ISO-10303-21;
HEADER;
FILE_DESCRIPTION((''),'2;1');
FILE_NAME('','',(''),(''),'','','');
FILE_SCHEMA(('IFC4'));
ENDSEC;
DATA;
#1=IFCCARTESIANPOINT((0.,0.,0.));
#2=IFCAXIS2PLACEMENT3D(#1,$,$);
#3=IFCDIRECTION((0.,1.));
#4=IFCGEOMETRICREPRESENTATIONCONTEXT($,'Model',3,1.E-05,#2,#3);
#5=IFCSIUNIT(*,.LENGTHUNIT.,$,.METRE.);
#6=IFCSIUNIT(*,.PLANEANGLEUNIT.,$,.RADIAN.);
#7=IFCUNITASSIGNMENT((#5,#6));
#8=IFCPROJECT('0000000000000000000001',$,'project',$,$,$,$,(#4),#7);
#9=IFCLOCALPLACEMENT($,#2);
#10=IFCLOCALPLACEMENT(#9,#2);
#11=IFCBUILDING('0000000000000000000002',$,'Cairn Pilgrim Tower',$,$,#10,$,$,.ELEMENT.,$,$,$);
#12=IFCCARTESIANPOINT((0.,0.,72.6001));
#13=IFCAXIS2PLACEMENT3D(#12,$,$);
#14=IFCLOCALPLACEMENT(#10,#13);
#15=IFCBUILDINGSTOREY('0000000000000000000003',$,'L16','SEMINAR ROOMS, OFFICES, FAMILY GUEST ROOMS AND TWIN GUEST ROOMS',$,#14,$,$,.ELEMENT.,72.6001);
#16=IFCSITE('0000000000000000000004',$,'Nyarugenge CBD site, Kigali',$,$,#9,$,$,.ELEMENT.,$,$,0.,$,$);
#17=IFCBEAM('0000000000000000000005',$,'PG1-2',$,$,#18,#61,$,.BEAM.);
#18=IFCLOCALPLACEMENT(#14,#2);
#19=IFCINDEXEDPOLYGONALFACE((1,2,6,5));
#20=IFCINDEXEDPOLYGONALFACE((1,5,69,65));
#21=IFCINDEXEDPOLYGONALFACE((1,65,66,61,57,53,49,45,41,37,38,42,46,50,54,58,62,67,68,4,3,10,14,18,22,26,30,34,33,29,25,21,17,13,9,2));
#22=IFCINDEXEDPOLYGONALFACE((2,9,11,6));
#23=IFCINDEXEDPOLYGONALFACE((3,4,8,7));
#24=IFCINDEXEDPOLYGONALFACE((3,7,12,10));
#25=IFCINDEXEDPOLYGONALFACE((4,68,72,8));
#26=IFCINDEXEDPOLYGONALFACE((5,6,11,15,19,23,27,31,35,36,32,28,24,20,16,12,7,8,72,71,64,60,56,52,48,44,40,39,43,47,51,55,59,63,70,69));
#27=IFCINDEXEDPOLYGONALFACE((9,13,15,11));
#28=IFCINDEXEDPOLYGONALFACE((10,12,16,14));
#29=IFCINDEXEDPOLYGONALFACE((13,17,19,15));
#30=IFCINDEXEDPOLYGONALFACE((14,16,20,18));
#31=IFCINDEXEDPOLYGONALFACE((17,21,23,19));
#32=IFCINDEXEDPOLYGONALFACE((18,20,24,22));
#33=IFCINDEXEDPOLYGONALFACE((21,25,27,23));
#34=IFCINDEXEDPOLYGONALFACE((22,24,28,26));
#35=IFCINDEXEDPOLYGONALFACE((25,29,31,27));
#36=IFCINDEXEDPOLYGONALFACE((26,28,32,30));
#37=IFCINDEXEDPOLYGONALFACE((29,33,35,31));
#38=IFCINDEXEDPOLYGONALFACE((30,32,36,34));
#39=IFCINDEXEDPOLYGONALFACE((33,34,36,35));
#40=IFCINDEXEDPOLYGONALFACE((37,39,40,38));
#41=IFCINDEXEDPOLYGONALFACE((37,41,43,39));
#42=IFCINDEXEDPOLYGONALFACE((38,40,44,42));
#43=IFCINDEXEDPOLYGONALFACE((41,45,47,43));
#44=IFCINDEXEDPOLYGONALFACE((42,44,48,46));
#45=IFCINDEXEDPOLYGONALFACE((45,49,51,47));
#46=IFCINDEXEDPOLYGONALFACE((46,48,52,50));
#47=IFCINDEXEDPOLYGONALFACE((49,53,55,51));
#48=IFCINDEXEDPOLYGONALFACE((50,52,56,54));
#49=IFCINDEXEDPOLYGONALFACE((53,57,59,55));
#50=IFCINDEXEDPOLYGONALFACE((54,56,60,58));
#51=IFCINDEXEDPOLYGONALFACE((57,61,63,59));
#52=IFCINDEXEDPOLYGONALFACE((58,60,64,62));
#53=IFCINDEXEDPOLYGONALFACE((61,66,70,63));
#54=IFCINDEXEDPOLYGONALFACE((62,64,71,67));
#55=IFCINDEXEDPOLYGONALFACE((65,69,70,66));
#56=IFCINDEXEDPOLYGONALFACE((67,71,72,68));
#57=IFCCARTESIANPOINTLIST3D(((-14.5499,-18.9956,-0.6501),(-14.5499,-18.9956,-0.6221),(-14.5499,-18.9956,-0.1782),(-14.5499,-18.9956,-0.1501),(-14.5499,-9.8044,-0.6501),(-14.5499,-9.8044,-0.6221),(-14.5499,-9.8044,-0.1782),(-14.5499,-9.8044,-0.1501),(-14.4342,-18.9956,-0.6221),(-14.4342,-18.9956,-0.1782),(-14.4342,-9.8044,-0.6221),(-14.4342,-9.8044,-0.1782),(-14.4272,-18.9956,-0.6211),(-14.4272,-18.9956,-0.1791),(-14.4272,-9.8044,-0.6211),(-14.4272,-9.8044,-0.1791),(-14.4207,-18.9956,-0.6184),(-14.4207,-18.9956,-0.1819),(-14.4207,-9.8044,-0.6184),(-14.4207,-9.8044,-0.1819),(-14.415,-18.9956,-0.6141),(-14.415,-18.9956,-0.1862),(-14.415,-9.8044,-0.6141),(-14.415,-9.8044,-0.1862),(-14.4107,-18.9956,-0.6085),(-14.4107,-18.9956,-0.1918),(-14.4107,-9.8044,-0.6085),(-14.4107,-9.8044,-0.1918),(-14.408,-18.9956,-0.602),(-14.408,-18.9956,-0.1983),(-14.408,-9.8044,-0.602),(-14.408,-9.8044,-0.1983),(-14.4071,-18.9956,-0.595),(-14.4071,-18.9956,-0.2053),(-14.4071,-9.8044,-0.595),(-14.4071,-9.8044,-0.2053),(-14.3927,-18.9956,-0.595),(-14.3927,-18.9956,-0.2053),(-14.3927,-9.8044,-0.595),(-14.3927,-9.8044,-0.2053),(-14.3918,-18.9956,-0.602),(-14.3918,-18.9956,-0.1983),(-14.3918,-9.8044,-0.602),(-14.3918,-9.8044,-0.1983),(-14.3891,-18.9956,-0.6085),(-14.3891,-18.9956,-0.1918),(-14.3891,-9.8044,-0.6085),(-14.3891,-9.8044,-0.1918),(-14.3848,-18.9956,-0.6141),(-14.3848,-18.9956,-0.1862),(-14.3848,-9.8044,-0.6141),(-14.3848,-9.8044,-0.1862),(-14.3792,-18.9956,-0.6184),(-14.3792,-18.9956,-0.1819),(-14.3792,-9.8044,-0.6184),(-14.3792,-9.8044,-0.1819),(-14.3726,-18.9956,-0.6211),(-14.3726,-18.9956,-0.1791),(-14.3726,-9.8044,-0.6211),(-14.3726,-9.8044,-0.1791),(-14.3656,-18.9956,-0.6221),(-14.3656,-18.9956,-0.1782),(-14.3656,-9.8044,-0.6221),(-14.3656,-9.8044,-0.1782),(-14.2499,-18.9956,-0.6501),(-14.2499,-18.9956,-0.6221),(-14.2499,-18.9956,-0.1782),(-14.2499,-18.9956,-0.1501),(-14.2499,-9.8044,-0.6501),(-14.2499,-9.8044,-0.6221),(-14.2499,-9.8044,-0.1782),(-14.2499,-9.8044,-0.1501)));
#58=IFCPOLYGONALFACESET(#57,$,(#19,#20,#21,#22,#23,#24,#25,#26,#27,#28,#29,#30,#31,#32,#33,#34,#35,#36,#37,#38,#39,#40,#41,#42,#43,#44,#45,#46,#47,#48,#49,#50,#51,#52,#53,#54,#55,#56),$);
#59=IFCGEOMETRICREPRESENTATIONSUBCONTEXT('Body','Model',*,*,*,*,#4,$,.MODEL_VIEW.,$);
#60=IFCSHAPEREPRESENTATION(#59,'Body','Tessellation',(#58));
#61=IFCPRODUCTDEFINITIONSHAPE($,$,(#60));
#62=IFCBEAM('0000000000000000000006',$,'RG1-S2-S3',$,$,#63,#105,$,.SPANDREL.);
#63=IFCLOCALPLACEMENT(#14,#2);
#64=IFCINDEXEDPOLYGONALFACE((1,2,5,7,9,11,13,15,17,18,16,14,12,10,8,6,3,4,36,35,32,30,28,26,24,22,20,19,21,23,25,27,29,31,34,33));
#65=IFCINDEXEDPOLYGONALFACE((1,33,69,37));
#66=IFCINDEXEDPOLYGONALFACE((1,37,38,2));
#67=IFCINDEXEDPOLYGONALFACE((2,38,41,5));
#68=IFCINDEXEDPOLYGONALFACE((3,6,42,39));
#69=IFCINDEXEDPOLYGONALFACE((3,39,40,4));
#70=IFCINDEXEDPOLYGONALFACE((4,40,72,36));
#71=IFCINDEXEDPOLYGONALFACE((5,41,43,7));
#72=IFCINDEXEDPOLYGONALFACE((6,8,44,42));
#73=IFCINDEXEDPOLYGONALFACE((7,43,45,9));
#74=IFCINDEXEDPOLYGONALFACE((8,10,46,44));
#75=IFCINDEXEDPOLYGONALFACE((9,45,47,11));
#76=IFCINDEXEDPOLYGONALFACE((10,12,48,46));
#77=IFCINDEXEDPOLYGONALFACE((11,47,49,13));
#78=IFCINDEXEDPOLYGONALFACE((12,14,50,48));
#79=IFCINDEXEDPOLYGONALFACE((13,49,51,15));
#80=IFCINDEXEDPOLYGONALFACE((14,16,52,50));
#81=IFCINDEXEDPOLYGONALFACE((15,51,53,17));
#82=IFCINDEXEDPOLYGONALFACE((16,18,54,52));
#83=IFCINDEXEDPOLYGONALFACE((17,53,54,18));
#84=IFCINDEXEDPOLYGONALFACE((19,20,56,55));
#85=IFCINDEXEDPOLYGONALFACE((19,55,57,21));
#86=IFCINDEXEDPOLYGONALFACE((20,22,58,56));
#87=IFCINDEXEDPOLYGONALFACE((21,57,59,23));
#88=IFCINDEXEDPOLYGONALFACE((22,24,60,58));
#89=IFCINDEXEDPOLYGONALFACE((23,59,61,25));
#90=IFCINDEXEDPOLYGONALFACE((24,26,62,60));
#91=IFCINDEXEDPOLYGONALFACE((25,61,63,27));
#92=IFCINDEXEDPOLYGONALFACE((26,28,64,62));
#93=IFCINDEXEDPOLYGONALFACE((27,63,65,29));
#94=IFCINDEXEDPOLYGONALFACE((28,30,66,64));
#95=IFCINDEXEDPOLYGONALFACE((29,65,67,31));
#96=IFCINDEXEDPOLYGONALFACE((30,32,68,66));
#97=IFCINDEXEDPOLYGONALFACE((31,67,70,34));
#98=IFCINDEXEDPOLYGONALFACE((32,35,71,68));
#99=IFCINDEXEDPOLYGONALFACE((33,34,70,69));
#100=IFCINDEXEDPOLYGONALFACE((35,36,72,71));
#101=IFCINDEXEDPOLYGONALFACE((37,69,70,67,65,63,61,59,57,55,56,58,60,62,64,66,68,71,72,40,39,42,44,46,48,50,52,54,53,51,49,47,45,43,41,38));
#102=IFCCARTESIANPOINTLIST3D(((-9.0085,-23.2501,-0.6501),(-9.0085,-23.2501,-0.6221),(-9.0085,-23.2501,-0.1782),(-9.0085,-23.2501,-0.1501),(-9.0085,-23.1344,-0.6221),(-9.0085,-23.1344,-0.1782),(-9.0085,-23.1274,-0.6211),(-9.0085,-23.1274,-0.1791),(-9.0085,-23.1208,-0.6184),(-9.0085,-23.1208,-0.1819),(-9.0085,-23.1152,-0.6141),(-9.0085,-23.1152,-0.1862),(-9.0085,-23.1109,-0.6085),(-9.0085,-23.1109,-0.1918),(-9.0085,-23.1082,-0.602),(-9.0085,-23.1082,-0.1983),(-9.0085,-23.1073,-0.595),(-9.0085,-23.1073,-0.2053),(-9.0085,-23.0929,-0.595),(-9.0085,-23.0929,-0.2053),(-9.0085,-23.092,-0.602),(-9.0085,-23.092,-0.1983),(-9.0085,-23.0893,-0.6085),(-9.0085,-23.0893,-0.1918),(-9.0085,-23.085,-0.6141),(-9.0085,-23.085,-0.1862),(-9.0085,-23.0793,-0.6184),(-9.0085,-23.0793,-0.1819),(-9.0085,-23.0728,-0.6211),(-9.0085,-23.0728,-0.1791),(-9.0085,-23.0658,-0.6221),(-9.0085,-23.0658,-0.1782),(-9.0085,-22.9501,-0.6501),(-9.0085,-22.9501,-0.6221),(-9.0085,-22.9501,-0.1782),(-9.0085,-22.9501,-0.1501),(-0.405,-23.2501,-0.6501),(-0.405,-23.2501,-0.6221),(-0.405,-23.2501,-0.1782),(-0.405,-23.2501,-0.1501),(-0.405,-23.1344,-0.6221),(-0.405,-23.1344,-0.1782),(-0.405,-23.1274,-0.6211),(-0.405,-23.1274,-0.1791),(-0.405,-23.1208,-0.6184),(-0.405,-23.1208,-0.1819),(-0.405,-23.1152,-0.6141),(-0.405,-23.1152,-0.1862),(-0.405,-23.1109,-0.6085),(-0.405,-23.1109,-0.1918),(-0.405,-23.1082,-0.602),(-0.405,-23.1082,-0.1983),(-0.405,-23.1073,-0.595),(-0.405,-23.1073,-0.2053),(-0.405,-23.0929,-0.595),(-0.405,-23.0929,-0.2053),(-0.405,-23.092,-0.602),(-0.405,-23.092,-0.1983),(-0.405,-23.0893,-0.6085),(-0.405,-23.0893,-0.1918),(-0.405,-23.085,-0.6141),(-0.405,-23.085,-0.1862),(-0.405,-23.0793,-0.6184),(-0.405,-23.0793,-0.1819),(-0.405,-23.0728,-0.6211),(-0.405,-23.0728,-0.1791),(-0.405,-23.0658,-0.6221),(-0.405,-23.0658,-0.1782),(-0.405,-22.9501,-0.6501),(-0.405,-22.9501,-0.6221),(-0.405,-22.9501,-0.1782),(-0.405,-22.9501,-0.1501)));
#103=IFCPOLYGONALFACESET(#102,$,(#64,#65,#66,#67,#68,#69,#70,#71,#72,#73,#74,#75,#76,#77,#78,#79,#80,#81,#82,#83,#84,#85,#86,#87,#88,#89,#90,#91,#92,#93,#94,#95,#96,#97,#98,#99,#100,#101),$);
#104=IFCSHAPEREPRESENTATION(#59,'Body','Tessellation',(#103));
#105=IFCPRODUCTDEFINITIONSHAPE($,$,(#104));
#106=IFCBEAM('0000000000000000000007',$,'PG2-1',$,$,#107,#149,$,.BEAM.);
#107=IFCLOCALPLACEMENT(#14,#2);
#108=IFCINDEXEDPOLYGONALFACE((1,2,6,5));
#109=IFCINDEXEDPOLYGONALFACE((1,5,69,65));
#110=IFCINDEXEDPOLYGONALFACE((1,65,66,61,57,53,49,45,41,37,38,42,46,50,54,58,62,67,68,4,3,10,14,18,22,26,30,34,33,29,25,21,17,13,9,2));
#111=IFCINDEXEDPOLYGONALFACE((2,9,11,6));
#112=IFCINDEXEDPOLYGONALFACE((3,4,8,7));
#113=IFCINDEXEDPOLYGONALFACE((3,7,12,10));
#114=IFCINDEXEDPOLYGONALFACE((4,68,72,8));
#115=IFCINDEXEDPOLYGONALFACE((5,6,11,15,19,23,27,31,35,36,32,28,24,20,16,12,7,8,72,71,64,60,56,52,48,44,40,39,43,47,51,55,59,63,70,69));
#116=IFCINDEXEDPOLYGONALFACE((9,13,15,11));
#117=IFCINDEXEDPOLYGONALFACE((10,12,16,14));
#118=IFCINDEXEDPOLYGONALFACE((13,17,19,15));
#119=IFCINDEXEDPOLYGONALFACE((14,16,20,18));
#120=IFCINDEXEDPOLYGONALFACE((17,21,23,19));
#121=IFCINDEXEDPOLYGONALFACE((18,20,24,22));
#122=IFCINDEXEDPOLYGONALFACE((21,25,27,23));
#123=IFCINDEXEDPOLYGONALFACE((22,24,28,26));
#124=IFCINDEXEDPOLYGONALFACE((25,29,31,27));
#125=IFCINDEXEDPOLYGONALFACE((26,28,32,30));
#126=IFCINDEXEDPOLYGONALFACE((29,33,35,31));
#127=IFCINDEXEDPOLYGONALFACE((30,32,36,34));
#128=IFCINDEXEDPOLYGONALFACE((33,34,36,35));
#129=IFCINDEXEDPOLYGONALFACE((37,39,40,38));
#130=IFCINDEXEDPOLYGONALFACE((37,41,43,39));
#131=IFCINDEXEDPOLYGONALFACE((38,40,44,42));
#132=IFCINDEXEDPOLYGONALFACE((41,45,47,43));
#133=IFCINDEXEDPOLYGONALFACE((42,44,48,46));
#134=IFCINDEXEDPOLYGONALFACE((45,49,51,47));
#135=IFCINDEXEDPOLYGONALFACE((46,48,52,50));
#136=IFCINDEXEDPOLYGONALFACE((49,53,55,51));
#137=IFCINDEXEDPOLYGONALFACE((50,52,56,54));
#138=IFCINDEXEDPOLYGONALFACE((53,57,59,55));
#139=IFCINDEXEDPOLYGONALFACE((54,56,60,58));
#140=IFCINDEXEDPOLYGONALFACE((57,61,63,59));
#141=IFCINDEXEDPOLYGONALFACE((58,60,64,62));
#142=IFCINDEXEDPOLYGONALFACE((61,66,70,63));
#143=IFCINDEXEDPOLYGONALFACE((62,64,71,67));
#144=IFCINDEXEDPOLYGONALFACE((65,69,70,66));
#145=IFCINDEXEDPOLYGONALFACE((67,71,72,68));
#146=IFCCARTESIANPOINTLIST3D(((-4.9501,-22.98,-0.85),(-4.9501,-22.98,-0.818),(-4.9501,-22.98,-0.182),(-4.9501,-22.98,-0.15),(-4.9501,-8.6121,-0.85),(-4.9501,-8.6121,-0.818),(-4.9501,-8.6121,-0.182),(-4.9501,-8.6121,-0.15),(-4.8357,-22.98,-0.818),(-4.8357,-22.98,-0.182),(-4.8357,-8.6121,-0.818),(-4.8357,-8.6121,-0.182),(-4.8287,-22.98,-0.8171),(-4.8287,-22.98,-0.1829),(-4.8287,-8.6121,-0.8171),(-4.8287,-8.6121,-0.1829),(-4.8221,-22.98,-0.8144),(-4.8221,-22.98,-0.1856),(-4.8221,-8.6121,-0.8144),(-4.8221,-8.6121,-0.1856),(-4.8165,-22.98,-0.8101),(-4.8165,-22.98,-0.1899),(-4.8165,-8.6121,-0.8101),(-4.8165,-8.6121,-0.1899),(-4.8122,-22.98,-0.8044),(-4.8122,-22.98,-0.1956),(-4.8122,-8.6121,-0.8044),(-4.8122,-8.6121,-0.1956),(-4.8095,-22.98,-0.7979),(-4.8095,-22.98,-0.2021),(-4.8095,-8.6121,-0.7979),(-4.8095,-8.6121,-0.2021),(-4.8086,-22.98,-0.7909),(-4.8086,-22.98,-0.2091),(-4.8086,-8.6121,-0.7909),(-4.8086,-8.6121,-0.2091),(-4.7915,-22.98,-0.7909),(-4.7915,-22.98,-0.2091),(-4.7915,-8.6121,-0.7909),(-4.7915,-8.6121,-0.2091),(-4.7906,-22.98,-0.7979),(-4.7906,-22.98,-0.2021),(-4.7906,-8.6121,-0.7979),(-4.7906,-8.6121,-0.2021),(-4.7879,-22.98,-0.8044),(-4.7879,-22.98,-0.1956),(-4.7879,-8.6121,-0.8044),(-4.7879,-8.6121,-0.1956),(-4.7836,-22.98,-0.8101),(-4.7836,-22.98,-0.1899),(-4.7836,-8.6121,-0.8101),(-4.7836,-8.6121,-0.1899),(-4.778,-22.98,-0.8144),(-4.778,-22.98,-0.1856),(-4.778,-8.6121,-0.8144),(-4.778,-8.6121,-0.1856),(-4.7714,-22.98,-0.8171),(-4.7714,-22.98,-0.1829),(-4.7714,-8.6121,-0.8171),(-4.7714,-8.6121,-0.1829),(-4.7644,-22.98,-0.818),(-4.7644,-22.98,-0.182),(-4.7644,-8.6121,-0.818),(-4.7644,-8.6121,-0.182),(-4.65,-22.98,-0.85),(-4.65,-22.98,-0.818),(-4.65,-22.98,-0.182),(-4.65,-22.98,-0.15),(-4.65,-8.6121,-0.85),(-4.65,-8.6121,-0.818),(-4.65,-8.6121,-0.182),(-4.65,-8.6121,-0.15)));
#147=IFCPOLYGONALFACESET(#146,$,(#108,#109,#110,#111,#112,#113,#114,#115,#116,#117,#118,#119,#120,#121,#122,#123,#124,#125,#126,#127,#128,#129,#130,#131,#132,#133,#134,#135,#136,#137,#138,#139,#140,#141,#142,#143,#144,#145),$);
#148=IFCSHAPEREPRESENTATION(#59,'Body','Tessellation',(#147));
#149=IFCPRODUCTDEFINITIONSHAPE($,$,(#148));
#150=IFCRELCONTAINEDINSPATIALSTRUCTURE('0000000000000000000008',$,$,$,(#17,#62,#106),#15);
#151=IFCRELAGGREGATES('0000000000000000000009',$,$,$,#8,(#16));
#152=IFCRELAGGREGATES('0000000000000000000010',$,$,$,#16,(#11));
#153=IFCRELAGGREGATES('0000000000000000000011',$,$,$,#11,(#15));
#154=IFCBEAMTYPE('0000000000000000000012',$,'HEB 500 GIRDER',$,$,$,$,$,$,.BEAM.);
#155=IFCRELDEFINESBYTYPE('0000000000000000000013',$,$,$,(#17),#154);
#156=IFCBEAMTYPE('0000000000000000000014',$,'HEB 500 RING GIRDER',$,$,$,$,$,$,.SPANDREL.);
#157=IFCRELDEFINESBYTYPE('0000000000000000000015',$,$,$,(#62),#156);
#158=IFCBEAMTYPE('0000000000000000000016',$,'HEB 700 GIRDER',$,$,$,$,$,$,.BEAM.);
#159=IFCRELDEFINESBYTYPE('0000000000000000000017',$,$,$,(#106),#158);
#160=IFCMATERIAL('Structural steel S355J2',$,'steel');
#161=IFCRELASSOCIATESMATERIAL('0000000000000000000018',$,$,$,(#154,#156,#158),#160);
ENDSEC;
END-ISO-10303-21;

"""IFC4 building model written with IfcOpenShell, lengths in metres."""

from ifc_helpers import new_model, si_unit, direction, frame, origin, origin_2d, place, context, subcontext, project, spatial, i_section, extrude, material, material_profile, profile_set, type_object, element, save


model = new_model("IFC4")

# Units and contexts
model_context = context("Model", 3, precision=1e-05, world=origin(), true_north=direction((0.0, 1.0)))
body_context = subcontext(model_context, "Body", "Model", "MODEL_VIEW")
ifc_project = project(units=[si_unit("LENGTHUNIT", "METRE"), si_unit("PLANEANGLEUNIT", "RADIAN")], contexts=[model_context])

# Site, building, storey
site_placement = place(None, origin())
site = spatial("IfcSite", under=ifc_project, at=site_placement, Name="Nyarugenge CBD site, Kigali", CompositionType="ELEMENT", RefElevation=0.0)
building_placement = place(site_placement, origin())
building = spatial("IfcBuilding", under=site, at=building_placement, Name="Cairn Pilgrim Tower", CompositionType="ELEMENT")
storey_placement = place(building_placement, frame((0.0, 0.0, 72.6001)))
storey = spatial("IfcBuildingStorey", under=building, at=storey_placement, Name="L16", Description="SEMINAR ROOMS, OFFICES, FAMILY GUEST ROOMS AND TWIN GUEST ROOMS", CompositionType="ELEMENT", Elevation=72.6001)

# Beams
ifc_material_1 = material(Name="Structural steel S355J2", Category="steel")
ifc_material_profile_1 = material_profile(ifc_material_1, i_section(OverallWidth=0.3, OverallDepth=0.5, WebThickness=0.0144, FlangeThickness=0.0281, FilletRadius=0.0271, at=origin_2d()), Name="HEB 500")
ifc_profile_set_1 = profile_set([ifc_material_profile_1], Name="Structural steel S355J2")
beam_type_1 = type_object("IfcBeamType", Name="HEB 500 GIRDER", PredefinedType="BEAM", material=ifc_profile_set_1)
beam_1_placement = place(storey_placement, frame((-14.3999, -18.9956, -0.4001), z_axis=(0.0, 1.0, 0.0), x_axis=(-1.0, 0.0, 0.0)))
element("IfcBeam", 1, at=beam_1_placement, inside=storey, type_object=beam_type_1, Name="PG1-2", PredefinedType="BEAM", context=body_context, shape_type="SweptSolid", body=[
    extrude(i_section(OverallWidth=0.3, OverallDepth=0.5, WebThickness=0.0144, FlangeThickness=0.0281, FilletRadius=0.0271, at=origin_2d()), origin(), (0.0, 0.0, 1.0), 9.1912),
])
ifc_material_profile_2 = material_profile(ifc_material_1, i_section(OverallWidth=0.3, OverallDepth=0.5, WebThickness=0.0144, FlangeThickness=0.0281, FilletRadius=0.0271, at=origin_2d()), Name="HEB 500")
ifc_profile_set_2 = profile_set([ifc_material_profile_2], Name="Structural steel S355J2")
beam_type_2 = type_object("IfcBeamType", Name="HEB 500 RING GIRDER", PredefinedType="SPANDREL", material=ifc_profile_set_2)
beam_2_placement = place(storey_placement, frame((-9.0085, -23.1001, -0.4001), z_axis=(1.0, 0.0, 0.0), x_axis=(0.0, 1.0, 0.0)))
element("IfcBeam", 2, at=beam_2_placement, inside=storey, type_object=beam_type_2, Name="RG1-S2-S3", PredefinedType="SPANDREL", context=body_context, shape_type="SweptSolid", body=[
    extrude(i_section(OverallWidth=0.3, OverallDepth=0.5, WebThickness=0.0144, FlangeThickness=0.0281, FilletRadius=0.0271, at=origin_2d()), origin(), (0.0, 0.0, 1.0), 8.6035),
])
ifc_material_profile_3 = material_profile(ifc_material_1, i_section(OverallWidth=0.3, OverallDepth=0.7, WebThickness=0.0171, FlangeThickness=0.032, FilletRadius=0.0271, at=origin_2d()), Name="HEB 700")
ifc_profile_set_3 = profile_set([ifc_material_profile_3], Name="Structural steel S355J2")
beam_type_3 = type_object("IfcBeamType", Name="HEB 700 GIRDER", PredefinedType="BEAM", material=ifc_profile_set_3)
beam_3_placement = place(storey_placement, frame((-4.8, -22.98, -0.5), z_axis=(0.0, 1.0, 0.0), x_axis=(-1.0, 0.0, 0.0)))
element("IfcBeam", 3, at=beam_3_placement, inside=storey, type_object=beam_type_3, Name="PG2-1", PredefinedType="BEAM", context=body_context, shape_type="SweptSolid", body=[
    extrude(i_section(OverallWidth=0.3, OverallDepth=0.7, WebThickness=0.0171, FlangeThickness=0.032, FilletRadius=0.0271, at=origin_2d()), origin(), (0.0, 0.0, 1.0), 14.3679),
])

save(model, "model.ifc")
